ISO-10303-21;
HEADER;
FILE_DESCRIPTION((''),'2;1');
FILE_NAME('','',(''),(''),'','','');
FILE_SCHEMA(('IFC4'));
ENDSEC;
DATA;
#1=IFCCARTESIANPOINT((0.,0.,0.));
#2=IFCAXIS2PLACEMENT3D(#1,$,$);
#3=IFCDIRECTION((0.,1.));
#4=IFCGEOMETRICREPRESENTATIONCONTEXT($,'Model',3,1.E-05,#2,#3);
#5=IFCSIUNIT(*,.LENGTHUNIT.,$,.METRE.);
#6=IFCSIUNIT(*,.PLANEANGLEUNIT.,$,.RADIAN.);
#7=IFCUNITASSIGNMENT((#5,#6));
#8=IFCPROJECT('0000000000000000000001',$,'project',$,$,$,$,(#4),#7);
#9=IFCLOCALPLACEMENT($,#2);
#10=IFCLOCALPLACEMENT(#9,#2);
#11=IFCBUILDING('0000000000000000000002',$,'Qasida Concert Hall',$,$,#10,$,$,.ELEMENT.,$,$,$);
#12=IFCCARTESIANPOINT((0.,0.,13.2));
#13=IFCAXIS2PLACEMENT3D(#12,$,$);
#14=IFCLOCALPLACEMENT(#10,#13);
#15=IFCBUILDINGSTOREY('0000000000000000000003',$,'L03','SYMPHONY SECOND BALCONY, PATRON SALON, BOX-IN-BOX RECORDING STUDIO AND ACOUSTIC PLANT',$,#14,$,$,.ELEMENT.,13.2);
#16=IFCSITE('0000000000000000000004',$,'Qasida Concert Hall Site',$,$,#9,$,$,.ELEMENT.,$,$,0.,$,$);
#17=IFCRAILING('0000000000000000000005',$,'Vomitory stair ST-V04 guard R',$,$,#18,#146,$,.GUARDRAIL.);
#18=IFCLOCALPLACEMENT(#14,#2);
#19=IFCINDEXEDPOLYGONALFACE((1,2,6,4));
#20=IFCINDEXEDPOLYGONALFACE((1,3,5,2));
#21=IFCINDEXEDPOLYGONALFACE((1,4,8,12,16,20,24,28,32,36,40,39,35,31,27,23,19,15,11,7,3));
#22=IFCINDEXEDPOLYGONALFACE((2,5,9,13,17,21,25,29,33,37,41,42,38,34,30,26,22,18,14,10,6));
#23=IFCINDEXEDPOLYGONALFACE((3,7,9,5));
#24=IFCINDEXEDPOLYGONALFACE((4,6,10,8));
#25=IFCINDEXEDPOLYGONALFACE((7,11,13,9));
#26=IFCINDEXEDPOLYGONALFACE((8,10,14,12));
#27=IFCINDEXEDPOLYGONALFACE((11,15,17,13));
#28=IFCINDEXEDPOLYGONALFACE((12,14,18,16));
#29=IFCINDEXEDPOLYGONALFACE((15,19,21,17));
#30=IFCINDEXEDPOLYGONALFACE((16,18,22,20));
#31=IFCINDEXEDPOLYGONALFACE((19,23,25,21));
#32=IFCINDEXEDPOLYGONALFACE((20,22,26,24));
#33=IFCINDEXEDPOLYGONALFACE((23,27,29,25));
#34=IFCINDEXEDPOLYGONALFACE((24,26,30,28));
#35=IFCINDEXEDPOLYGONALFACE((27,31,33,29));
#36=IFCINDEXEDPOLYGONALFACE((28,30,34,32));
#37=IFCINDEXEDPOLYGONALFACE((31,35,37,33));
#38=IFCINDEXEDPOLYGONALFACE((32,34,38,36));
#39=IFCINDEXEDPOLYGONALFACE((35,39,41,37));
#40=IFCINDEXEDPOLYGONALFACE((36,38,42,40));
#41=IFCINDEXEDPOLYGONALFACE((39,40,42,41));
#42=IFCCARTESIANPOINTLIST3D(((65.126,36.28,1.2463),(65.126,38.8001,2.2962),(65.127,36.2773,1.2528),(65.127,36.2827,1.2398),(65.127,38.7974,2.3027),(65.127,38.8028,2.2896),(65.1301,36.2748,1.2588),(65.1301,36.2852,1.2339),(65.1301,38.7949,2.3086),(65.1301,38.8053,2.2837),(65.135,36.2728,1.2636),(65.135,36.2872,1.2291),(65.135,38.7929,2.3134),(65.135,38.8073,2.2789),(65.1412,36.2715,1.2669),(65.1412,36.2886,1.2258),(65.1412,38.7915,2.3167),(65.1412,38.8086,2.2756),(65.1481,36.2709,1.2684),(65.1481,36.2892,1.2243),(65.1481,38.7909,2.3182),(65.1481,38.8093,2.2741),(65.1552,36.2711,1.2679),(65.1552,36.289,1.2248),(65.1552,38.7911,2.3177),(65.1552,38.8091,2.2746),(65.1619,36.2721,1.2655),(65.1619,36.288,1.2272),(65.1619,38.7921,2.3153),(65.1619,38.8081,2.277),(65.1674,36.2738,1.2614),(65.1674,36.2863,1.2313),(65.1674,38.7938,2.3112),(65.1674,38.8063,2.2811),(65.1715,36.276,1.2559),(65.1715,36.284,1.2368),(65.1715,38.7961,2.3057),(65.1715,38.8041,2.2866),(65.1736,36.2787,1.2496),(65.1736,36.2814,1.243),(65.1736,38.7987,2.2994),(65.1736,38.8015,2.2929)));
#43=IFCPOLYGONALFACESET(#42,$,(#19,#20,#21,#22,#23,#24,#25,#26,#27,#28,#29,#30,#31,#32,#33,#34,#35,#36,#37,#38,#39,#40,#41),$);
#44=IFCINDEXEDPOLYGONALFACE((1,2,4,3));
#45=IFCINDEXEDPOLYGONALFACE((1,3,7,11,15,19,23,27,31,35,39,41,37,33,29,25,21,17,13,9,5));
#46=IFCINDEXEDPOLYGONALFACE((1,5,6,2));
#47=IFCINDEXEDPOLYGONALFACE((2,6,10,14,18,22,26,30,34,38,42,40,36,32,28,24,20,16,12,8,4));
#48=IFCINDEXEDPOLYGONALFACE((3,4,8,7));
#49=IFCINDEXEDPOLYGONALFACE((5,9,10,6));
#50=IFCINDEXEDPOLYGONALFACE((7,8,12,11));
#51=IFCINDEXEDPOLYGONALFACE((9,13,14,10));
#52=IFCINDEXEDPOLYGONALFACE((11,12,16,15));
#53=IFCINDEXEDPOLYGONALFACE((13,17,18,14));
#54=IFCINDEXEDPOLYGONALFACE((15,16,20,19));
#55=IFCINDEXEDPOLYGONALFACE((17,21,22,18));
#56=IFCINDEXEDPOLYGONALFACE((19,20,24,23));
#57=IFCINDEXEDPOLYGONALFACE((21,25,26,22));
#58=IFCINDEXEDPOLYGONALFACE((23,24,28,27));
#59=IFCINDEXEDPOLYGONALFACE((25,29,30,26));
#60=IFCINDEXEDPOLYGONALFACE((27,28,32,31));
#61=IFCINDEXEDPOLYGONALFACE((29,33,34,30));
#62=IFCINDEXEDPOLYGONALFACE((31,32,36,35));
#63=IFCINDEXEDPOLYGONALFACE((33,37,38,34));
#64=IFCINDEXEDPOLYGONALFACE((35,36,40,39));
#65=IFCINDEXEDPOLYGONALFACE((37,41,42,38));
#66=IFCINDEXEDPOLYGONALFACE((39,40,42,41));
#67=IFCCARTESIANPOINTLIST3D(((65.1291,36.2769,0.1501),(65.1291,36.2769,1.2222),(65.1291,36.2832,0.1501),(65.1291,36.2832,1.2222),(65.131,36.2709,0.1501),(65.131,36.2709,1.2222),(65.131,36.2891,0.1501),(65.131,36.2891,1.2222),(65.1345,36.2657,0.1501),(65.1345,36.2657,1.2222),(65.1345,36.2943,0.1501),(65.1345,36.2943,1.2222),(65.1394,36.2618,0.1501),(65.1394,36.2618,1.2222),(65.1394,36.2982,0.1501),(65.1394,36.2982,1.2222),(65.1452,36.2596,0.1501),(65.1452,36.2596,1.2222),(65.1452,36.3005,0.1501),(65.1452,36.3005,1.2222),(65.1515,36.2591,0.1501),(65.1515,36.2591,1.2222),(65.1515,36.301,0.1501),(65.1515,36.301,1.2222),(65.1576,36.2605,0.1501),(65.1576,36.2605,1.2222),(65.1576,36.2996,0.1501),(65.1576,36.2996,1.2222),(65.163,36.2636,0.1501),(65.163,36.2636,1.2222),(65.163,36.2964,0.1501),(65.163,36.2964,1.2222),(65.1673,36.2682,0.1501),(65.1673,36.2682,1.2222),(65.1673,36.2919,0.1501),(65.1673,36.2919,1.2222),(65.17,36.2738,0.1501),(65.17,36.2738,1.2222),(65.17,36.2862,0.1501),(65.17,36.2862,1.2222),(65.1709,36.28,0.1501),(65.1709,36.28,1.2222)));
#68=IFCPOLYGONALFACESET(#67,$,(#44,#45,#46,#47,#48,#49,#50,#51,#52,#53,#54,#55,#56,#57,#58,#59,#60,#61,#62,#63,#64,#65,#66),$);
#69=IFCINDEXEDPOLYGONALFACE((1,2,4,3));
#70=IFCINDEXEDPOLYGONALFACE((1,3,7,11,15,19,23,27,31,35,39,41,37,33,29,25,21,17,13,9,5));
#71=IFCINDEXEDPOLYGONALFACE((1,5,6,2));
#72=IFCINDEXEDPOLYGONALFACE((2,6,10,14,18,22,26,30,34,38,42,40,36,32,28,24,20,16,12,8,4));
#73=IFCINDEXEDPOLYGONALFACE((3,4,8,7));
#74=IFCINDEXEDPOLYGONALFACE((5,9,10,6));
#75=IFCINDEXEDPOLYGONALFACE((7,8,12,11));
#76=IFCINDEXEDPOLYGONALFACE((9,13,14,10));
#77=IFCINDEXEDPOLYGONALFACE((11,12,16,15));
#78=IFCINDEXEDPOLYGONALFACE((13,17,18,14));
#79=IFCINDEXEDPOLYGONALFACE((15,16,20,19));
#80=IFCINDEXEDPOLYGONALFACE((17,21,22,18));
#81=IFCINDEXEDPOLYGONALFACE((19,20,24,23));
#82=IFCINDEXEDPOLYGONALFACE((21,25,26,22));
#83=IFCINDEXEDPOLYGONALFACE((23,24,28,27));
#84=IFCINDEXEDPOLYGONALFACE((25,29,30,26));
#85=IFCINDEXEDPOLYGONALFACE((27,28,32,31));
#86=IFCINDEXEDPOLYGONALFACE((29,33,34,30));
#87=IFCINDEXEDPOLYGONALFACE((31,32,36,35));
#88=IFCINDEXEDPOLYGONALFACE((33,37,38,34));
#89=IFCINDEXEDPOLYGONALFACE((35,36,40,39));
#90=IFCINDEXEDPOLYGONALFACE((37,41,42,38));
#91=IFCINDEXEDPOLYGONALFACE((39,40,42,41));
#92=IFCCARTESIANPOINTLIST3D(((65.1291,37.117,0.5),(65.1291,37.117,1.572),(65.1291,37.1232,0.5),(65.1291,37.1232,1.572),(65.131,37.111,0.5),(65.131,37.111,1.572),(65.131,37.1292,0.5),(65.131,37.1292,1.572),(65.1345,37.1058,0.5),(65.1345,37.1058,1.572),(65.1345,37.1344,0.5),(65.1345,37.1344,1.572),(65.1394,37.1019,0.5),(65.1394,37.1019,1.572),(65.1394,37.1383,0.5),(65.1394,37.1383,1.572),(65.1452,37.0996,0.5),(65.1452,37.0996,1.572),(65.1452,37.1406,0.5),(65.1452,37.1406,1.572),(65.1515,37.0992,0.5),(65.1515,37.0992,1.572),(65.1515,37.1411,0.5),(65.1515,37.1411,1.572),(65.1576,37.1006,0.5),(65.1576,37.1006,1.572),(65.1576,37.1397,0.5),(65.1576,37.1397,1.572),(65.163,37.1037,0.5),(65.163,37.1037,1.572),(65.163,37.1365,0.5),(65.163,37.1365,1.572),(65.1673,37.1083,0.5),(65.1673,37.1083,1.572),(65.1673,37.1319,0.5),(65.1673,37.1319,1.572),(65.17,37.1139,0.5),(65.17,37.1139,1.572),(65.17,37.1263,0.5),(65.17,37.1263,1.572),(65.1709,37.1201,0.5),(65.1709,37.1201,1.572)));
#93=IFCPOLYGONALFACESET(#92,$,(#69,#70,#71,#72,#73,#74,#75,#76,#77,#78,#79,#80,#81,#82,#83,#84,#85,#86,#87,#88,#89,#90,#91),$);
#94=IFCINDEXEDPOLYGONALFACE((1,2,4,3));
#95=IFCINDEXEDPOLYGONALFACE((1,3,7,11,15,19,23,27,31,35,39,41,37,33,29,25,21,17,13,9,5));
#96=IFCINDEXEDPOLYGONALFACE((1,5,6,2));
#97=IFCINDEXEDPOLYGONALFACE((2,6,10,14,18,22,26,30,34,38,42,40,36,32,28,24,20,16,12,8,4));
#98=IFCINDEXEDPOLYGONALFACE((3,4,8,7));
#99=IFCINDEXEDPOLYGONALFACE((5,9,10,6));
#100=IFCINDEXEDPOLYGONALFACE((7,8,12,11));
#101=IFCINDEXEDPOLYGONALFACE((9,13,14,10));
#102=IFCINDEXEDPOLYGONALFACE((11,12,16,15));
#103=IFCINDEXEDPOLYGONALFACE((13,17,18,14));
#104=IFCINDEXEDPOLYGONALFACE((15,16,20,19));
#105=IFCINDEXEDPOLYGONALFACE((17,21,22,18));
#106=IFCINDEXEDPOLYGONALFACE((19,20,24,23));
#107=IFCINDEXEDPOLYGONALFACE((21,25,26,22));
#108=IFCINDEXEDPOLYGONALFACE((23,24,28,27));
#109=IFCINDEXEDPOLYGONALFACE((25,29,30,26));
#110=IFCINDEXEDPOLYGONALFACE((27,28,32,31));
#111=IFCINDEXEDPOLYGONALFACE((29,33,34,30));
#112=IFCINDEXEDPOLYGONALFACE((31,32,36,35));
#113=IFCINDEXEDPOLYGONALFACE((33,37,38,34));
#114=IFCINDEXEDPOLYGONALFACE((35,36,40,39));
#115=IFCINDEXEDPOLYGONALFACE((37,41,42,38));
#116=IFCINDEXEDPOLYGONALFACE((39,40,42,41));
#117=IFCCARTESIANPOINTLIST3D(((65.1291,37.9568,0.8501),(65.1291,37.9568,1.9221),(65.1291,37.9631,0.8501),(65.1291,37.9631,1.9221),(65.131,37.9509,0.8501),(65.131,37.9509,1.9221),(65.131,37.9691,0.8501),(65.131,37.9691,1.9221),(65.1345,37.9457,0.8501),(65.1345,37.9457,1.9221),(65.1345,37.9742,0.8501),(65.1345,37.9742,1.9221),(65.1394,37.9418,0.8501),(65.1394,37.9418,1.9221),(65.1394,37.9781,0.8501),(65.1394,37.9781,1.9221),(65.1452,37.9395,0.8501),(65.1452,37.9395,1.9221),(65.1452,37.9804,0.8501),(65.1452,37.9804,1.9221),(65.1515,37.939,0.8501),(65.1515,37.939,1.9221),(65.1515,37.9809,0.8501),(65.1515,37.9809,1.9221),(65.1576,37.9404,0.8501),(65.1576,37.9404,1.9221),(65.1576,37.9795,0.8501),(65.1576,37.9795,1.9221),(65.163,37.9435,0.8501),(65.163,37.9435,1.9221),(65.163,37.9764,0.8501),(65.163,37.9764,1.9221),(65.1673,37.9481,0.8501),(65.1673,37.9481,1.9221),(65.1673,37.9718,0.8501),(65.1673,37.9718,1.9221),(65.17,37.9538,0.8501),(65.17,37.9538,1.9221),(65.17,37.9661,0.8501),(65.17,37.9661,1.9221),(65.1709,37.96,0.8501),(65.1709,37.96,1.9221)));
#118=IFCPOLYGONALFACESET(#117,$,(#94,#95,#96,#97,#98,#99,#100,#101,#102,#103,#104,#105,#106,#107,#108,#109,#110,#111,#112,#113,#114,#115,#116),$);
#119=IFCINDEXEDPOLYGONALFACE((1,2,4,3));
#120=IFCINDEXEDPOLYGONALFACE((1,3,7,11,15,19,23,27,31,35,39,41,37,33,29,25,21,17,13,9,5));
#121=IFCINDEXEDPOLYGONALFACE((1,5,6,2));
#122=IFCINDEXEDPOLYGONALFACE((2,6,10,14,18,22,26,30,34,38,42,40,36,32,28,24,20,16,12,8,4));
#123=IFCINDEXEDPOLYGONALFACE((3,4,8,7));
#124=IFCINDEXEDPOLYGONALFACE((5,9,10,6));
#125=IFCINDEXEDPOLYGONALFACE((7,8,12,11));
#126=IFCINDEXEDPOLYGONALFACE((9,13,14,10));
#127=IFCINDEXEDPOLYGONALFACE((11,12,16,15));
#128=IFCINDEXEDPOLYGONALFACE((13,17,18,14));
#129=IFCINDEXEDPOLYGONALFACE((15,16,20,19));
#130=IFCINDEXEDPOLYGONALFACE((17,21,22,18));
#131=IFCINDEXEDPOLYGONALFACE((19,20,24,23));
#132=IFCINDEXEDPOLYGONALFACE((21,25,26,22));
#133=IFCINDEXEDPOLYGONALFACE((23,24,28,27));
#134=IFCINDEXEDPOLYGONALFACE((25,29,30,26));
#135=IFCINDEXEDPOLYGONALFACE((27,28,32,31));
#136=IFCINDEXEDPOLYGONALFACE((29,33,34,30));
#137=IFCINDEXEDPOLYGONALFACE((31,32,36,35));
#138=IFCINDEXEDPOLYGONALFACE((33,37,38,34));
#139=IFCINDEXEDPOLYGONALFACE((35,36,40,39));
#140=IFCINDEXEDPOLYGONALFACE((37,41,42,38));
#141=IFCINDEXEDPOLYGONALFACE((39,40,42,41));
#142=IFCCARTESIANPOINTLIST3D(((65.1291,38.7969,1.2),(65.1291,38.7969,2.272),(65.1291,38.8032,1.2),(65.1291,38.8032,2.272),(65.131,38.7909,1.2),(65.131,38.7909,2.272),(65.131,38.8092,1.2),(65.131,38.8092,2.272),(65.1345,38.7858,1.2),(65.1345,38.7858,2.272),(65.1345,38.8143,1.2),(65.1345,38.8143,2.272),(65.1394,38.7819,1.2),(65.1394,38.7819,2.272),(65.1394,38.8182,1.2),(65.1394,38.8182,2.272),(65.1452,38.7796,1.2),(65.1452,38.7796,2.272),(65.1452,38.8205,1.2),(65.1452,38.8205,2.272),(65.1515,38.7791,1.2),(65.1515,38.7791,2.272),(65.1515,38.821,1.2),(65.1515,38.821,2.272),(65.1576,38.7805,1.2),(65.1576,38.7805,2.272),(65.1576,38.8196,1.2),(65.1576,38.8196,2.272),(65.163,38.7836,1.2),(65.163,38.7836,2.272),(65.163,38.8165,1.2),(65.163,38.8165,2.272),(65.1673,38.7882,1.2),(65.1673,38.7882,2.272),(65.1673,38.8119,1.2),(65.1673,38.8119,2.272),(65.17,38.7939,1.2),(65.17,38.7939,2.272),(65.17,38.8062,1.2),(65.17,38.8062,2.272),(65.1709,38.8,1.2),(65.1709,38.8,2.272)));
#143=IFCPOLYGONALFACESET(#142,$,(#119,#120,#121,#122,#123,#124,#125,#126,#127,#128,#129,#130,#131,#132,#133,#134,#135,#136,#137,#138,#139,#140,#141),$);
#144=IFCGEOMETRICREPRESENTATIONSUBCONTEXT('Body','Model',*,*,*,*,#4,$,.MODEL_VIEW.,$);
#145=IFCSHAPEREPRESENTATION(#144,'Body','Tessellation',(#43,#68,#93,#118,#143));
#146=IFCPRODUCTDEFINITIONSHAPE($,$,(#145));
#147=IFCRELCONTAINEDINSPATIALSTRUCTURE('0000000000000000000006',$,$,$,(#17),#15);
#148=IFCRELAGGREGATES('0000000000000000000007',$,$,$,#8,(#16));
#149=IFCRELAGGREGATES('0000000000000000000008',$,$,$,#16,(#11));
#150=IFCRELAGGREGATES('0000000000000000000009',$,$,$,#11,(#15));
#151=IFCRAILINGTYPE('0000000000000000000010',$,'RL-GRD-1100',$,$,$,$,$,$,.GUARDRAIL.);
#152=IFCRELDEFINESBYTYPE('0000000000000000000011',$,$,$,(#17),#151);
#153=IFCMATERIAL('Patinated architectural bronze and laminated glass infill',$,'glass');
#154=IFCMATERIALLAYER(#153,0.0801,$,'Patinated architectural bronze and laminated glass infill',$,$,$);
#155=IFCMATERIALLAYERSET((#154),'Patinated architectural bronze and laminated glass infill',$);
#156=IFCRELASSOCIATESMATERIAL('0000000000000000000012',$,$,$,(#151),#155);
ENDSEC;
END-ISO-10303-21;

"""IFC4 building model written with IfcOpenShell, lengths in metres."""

from ifc_helpers import new_model, si_unit, direction, frame, origin, origin_2d, place, context, subcontext, project, spatial, circle, extrude, material, layer, layer_set, type_object, element, save


model = new_model("IFC4")

# Units and contexts
model_context = context("Model", 3, precision=1e-05, world=origin(), true_north=direction((0.0, 1.0)))
body_context = subcontext(model_context, "Body", "Model", "MODEL_VIEW")
ifc_project = project(units=[si_unit("LENGTHUNIT", "METRE"), si_unit("PLANEANGLEUNIT", "RADIAN")], contexts=[model_context])

# Site, building, storey
site_placement = place(None, origin())
site = spatial("IfcSite", under=ifc_project, at=site_placement, Name="Qasida Concert Hall Site", CompositionType="ELEMENT", RefElevation=0.0)
building_placement = place(site_placement, origin())
building = spatial("IfcBuilding", under=site, at=building_placement, Name="Qasida Concert Hall", CompositionType="ELEMENT")
storey_placement = place(building_placement, frame((0.0, 0.0, 13.2)))
storey = spatial("IfcBuildingStorey", under=building, at=storey_placement, Name="L03", Description="SYMPHONY SECOND BALCONY, PATRON SALON, BOX-IN-BOX RECORDING STUDIO AND ACOUSTIC PLANT", CompositionType="ELEMENT", Elevation=13.2)

# Railing
ifc_material_1 = material(Name="Patinated architectural bronze and laminated glass infill", Category="glass")
ifc_layer_1 = layer(ifc_material_1, 0.0801, Name="Patinated architectural bronze and laminated glass infill")
ifc_layer_set_1 = layer_set([ifc_layer_1], Name="Patinated architectural bronze and laminated glass infill")
railing_type_1 = type_object("IfcRailingType", Name="RL-GRD-1100", PredefinedType="GUARDRAIL", material=ifc_layer_set_1)
for number, where, name in (
    (1, (65.1499, 36.28, 0.1501), "Vomitory stair ST-V04 guard R"),
):
    element("IfcRailing", number, at=place(storey_placement, frame(where)), inside=storey, type_object=railing_type_1, Name=name, PredefinedType="GUARDRAIL", context=body_context, shape_type="SweptSolid", body=[
        extrude(circle(Radius=0.0239, at=origin_2d()), frame((0.0, 0.0, 1.0962), z_axis=(0.0, 0.923103, 0.384552), x_axis=(-1.0, 0.0, 0.0)), (0.0, 0.0, 1.0), 2.73),
        extrude(circle(Radius=0.021, at=origin_2d()), origin(), (0.0, 0.0, 1.0), 1.072),
        extrude(circle(Radius=0.021, at=origin_2d()), frame((0.0, 0.8401, 0.3499)), (0.0, 0.0, 1.0), 1.072),
        extrude(circle(Radius=0.021, at=origin_2d()), frame((0.0, 1.6799, 0.7)), (0.0, 0.0, 1.0), 1.072),
        extrude(circle(Radius=0.021, at=origin_2d()), frame((0.0, 2.52, 1.0498)), (0.0, 0.0, 1.0), 1.072),
    ])

save(model, "model.ifc")
